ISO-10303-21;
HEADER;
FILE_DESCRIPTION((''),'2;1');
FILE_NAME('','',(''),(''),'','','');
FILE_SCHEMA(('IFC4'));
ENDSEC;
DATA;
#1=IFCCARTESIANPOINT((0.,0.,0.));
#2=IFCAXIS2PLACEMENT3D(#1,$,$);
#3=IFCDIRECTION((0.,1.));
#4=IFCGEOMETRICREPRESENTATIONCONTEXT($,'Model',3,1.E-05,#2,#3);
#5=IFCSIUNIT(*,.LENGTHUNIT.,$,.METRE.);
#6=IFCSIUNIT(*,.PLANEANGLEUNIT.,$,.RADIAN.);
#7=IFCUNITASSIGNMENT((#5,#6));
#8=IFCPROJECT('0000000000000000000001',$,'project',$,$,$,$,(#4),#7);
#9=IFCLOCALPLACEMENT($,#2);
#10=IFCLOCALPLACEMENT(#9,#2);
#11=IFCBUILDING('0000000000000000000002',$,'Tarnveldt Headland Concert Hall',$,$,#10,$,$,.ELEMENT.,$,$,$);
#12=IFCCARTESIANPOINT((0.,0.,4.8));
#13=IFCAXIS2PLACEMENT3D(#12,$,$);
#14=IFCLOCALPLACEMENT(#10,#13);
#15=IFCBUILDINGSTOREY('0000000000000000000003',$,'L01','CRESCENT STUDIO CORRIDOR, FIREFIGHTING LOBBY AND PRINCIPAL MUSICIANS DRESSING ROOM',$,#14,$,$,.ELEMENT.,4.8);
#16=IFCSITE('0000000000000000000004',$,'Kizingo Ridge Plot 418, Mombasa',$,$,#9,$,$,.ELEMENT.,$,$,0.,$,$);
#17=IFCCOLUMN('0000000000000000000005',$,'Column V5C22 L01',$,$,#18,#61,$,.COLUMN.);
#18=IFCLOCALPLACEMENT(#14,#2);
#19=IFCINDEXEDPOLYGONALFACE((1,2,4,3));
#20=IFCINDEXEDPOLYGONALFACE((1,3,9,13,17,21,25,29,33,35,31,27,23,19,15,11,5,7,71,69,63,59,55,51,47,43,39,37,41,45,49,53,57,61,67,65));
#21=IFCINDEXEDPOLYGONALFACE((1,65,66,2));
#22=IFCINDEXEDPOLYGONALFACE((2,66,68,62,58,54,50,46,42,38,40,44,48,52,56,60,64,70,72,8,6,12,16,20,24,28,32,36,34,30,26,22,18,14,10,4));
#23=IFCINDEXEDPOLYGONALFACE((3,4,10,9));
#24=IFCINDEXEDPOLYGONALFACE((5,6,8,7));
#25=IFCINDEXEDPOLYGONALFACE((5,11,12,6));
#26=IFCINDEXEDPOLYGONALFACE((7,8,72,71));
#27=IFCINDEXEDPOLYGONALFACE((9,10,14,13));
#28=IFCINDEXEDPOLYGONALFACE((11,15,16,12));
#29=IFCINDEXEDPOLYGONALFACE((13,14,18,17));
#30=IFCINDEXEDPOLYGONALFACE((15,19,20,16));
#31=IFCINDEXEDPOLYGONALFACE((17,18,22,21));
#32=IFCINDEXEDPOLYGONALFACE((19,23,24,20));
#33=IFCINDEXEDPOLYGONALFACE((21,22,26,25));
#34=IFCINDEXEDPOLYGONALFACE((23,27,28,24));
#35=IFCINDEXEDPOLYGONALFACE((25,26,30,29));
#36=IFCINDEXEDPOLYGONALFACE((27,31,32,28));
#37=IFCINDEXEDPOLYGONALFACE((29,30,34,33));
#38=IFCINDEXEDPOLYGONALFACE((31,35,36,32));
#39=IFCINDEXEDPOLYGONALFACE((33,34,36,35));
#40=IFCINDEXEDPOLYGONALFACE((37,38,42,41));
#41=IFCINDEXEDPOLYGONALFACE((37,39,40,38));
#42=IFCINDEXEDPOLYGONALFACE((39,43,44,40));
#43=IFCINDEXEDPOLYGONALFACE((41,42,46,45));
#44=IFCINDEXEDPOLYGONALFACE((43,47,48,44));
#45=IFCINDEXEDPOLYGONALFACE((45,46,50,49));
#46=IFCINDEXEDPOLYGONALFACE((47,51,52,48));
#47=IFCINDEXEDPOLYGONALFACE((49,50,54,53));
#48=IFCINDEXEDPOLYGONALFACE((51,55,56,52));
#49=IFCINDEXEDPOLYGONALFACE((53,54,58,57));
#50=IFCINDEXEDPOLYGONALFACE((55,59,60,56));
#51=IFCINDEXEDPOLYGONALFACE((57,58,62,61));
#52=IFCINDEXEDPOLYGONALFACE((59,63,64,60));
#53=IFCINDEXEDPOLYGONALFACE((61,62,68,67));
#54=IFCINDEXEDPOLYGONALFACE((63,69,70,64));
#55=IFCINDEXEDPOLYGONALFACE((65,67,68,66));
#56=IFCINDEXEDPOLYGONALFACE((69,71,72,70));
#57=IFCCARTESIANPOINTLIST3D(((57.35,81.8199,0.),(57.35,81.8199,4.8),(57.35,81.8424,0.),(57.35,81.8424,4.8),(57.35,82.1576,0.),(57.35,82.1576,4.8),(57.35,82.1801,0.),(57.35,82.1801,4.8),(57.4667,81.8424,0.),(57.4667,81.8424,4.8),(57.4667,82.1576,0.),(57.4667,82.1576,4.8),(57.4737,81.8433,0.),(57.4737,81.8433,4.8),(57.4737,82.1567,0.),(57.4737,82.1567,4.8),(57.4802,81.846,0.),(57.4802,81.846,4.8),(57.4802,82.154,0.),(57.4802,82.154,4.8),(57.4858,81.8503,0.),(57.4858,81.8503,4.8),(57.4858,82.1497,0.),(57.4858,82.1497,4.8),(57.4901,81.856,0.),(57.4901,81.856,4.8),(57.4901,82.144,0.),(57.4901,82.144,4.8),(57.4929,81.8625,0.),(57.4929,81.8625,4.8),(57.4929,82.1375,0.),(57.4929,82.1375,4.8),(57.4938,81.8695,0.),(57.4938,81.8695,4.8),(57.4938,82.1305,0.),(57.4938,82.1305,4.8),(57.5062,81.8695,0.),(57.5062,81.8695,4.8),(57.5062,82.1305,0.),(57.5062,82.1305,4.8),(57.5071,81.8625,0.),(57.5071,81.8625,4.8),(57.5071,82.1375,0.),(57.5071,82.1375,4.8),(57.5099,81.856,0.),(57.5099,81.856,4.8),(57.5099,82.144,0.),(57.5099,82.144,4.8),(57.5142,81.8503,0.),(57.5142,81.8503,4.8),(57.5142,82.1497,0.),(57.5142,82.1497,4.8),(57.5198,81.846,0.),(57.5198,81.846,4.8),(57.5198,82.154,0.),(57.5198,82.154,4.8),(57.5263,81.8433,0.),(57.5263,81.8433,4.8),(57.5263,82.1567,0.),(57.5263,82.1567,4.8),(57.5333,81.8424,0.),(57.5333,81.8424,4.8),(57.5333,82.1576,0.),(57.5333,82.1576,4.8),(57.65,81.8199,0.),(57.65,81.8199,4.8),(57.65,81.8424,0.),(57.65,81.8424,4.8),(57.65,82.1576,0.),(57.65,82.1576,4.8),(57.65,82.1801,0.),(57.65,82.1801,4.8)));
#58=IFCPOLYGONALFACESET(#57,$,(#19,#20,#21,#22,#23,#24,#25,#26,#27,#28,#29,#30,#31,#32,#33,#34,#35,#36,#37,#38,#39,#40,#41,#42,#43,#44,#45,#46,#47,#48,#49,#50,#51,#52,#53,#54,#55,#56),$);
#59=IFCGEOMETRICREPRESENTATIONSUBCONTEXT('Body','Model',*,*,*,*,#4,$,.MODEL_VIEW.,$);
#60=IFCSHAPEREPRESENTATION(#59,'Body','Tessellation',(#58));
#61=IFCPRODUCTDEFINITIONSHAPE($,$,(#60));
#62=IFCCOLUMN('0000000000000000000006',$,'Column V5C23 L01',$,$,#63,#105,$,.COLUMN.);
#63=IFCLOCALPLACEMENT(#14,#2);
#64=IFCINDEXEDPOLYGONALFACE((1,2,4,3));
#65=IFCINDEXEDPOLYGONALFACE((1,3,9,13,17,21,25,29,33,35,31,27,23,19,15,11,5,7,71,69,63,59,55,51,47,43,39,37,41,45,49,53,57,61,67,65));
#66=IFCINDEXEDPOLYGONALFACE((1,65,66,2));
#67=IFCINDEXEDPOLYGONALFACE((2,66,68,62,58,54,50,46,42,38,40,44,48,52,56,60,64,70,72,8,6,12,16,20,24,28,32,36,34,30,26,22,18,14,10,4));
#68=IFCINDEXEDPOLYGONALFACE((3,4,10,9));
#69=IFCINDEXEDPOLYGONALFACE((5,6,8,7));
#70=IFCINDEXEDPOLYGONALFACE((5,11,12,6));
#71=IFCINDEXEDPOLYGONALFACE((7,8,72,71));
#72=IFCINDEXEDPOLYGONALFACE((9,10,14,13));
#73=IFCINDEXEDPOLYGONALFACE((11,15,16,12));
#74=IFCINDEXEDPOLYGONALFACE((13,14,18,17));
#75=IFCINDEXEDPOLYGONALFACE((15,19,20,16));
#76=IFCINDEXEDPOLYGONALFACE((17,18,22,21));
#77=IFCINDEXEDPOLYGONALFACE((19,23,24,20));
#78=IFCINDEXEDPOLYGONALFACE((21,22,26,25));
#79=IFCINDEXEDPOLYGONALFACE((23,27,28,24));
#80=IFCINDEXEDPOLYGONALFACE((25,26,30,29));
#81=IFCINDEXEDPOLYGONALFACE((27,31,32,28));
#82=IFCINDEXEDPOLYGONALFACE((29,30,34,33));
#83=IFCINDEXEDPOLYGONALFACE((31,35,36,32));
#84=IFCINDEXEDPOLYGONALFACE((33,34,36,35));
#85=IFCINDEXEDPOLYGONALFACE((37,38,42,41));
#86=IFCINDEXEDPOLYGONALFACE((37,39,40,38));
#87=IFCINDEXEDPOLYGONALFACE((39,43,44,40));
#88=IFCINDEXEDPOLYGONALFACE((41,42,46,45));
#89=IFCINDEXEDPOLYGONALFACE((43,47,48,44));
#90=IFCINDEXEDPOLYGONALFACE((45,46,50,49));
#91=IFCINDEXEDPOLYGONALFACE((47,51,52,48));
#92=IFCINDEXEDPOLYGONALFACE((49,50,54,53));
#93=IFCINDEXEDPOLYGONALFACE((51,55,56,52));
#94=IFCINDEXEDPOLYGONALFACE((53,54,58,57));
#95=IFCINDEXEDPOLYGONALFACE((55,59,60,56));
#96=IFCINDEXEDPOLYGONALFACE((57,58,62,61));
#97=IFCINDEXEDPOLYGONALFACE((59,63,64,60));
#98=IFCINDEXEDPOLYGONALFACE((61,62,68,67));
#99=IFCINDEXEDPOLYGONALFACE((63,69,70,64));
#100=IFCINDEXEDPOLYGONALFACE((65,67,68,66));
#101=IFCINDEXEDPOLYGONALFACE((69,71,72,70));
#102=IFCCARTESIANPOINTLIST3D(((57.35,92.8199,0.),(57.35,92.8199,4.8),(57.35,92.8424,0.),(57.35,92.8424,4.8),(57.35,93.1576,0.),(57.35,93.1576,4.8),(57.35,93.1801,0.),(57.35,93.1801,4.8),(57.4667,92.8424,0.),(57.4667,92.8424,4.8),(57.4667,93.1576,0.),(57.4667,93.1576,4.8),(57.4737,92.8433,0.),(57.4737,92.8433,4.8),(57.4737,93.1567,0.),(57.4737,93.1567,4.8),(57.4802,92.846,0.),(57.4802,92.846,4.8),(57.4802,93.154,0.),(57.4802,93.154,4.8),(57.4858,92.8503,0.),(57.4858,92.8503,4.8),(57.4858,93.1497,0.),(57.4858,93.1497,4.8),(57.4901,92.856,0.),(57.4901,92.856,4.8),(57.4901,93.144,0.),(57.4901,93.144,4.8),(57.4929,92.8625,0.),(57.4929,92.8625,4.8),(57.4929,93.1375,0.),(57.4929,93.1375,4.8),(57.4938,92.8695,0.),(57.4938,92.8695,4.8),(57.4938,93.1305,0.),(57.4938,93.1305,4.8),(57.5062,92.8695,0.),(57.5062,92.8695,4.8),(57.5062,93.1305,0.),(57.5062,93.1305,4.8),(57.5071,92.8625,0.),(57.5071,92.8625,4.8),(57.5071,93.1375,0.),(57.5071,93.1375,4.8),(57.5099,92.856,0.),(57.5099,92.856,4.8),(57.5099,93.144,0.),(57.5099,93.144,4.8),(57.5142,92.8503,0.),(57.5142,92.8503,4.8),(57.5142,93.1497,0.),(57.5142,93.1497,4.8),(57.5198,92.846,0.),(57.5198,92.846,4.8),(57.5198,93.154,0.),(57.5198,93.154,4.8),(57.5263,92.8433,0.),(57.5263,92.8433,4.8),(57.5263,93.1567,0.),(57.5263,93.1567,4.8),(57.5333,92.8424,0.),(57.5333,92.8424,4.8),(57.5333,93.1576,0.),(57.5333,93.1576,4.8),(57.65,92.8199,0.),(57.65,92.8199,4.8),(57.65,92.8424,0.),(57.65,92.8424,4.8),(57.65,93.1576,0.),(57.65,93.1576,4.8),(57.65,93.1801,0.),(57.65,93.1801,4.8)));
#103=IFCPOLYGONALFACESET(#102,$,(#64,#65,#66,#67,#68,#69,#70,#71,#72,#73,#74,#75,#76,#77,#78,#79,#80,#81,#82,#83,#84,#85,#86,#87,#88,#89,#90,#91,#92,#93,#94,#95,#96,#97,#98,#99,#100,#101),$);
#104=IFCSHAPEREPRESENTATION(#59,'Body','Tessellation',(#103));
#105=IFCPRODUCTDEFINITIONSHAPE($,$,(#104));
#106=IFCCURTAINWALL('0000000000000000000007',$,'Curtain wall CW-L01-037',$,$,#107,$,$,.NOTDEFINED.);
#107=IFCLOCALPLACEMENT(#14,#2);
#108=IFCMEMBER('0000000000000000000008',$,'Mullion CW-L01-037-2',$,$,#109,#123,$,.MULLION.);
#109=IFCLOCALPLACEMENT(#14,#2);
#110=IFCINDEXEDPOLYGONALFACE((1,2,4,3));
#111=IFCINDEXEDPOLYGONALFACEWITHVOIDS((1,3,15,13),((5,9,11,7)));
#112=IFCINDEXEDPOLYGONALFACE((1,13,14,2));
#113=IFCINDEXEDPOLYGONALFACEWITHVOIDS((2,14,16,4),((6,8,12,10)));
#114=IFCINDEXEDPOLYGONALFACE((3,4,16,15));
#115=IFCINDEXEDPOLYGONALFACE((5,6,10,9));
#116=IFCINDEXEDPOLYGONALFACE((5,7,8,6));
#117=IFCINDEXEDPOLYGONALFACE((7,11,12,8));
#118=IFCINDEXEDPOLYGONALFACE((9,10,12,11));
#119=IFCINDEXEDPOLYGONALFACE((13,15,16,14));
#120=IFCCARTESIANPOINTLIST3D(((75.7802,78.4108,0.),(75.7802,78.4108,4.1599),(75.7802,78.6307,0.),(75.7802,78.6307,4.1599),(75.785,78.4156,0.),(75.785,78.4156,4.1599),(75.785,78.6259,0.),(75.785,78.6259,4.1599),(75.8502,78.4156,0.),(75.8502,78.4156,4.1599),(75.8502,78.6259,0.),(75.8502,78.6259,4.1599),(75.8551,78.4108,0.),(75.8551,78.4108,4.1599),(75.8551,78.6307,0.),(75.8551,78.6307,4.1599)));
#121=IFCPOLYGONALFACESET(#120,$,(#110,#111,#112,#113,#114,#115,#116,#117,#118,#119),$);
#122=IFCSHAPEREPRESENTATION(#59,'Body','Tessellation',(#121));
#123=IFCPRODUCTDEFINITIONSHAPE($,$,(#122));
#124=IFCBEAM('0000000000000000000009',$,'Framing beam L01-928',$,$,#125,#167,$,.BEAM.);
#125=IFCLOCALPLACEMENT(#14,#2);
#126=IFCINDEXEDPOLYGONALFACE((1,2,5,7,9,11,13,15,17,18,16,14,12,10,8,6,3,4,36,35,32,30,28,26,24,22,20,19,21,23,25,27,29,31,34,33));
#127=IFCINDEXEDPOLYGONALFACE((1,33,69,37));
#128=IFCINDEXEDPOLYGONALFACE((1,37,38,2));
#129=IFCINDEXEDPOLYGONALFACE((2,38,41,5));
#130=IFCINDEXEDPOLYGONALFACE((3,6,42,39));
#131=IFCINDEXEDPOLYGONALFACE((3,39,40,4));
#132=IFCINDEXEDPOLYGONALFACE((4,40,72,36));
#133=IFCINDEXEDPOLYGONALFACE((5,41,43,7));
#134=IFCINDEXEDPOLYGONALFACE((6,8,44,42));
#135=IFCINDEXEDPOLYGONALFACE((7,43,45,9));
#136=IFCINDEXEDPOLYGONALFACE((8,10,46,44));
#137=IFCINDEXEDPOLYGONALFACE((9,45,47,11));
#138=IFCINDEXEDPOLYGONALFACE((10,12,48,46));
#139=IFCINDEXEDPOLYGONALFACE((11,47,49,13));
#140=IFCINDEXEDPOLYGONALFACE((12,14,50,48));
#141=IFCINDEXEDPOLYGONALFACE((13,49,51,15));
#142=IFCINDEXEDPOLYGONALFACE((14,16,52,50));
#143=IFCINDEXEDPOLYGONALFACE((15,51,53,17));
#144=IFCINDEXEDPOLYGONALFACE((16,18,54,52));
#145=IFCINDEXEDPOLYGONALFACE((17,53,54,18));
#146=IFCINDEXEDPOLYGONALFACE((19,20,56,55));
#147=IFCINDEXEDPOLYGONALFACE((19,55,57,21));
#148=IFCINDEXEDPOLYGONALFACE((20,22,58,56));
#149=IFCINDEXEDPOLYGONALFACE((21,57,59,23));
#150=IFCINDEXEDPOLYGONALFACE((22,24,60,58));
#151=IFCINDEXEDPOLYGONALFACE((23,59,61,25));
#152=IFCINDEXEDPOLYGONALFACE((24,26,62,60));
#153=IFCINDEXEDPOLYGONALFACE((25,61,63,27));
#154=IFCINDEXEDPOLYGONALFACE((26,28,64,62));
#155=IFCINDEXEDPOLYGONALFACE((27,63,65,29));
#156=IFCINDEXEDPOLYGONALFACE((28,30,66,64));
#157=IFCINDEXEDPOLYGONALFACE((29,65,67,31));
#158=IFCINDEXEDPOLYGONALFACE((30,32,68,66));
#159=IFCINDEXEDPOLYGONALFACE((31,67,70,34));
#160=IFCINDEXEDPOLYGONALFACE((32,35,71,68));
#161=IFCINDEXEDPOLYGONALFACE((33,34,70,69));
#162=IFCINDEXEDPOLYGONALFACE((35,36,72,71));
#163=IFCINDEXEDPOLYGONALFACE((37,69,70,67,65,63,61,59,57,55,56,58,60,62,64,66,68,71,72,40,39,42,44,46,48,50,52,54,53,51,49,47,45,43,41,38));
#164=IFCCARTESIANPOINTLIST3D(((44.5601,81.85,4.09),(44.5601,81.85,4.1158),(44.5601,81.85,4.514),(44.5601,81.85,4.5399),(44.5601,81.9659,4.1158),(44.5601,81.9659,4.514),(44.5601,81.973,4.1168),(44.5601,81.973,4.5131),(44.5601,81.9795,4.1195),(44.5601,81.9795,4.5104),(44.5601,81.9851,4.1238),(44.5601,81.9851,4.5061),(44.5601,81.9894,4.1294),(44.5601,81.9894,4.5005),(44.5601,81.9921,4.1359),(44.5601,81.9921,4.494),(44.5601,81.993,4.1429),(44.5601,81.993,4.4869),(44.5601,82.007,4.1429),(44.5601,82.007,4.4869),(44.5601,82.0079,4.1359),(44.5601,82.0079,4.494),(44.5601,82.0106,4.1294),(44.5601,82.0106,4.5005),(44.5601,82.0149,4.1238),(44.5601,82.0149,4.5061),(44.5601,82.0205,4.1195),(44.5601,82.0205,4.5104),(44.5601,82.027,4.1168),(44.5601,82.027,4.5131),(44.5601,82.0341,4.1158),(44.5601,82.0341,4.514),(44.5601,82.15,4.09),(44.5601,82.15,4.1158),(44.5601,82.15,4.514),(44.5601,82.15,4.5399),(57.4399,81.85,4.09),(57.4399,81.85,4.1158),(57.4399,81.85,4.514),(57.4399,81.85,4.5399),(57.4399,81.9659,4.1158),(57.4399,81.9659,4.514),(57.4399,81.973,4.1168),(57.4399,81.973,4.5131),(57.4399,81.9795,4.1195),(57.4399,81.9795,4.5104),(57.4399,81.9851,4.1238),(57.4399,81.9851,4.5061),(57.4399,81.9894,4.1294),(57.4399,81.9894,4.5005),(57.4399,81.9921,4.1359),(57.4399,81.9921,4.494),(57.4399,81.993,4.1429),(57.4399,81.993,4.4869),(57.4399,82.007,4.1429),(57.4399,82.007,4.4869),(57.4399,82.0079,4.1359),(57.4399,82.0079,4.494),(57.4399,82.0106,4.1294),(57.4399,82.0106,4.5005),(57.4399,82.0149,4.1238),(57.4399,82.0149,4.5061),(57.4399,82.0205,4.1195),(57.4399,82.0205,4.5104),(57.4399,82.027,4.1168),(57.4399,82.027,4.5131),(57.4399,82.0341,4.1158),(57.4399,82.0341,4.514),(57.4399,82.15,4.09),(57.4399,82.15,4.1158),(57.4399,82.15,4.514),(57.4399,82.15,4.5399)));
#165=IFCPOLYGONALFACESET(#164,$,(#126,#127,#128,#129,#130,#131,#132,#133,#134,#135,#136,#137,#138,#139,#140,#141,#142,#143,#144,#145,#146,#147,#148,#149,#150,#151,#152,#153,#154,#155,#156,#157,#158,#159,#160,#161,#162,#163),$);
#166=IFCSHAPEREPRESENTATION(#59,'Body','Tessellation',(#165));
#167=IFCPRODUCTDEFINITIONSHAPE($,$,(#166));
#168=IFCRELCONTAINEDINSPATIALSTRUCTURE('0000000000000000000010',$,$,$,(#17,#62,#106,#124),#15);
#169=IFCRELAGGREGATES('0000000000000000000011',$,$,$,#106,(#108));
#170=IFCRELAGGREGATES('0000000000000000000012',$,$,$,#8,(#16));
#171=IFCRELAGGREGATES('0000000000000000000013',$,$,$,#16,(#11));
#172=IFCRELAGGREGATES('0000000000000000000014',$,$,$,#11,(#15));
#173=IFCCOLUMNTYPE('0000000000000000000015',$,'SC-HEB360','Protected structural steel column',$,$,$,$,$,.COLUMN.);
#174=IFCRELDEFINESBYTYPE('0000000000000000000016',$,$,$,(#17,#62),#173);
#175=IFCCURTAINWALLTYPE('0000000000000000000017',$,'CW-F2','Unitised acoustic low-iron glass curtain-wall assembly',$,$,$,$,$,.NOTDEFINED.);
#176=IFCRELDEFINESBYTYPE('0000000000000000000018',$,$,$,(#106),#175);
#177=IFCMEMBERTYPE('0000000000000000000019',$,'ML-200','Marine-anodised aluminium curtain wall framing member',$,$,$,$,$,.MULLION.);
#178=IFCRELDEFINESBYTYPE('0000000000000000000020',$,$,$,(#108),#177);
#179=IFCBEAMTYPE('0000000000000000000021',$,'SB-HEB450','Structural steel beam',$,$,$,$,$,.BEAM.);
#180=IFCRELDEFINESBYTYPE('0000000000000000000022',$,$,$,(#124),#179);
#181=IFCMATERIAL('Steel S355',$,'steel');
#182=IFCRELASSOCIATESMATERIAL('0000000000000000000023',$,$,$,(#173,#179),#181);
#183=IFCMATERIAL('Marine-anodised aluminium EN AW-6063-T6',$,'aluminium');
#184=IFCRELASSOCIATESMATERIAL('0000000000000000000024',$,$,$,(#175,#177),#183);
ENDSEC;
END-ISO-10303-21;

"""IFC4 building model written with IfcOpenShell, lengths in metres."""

from ifc_helpers import new_model, si_unit, direction, frame, origin, origin_2d, place, context, subcontext, project, spatial, hollow_rectangle, i_section, extrude, material, material_profile, profile_set, type_object, element, aggregate, save


model = new_model("IFC4")

# Units and contexts
model_context = context("Model", 3, precision=1e-05, world=origin(), true_north=direction((0.0, 1.0)))
body_context = subcontext(model_context, "Body", "Model", "MODEL_VIEW")
ifc_project = project(units=[si_unit("LENGTHUNIT", "METRE"), si_unit("PLANEANGLEUNIT", "RADIAN")], contexts=[model_context])

# Site, building, storey
site_placement = place(None, origin())
site = spatial("IfcSite", under=ifc_project, at=site_placement, Name="Kizingo Ridge Plot 418, Mombasa", CompositionType="ELEMENT", RefElevation=0.0)
building_placement = place(site_placement, origin())
building = spatial("IfcBuilding", under=site, at=building_placement, Name="Tarnveldt Headland Concert Hall", CompositionType="ELEMENT")
storey_placement = place(building_placement, frame((0.0, 0.0, 4.8)))
storey = spatial("IfcBuildingStorey", under=building, at=storey_placement, Name="L01", Description="CRESCENT STUDIO CORRIDOR, FIREFIGHTING LOBBY AND PRINCIPAL MUSICIANS DRESSING ROOM", CompositionType="ELEMENT", Elevation=4.8)

# Columns
ifc_material_1 = material(Name="Steel S355", Category="steel")
ifc_material_profile_1 = material_profile(ifc_material_1, i_section(OverallWidth=0.3, OverallDepth=0.3601, WebThickness=0.0125, FlangeThickness=0.0225, FilletRadius=0.0271, at=origin_2d()), Name="HEB360", Category="steel")
ifc_profile_set_1 = profile_set([ifc_material_profile_1], Name="Steel S355")
column_type = type_object("IfcColumnType", Name="SC-HEB360", Description="Protected structural steel column", PredefinedType="COLUMN", material=ifc_profile_set_1)
for number, where, z_axis, x_axis, name in (
    (1, (57.5, 82.0, 0.0), (0.0, 0.0, 1.0), (1.0, 0.0, 0.0), "Column V5C22 L01"),
    (2, (57.5, 93.0, 0.0), (0.0, 0.0, 1.0), (1.0, 0.0, 0.0), "Column V5C23 L01"),
):
    element("IfcColumn", number, at=place(storey_placement, frame(where, z_axis=z_axis, x_axis=x_axis)), inside=storey, type_object=column_type, Name=name, PredefinedType="COLUMN", context=body_context, shape_type="SweptSolid", body=[
        extrude(i_section(OverallWidth=0.3, OverallDepth=0.3601, WebThickness=0.0125, FlangeThickness=0.0225, FilletRadius=0.0271, at=origin_2d()), origin(), (0.0, 0.0, 1.0), 4.8),
    ])

# Curtain wall, member
ifc_material_2 = material(Name="Marine-anodised aluminium EN AW-6063-T6", Category="aluminium")
curtain_wall_type = type_object("IfcCurtainWallType", Name="CW-F2", Description="Unitised acoustic low-iron glass curtain-wall assembly", PredefinedType="NOTDEFINED", material=ifc_material_2)
curtain_wall_placement = place(storey_placement, origin())
curtain_wall = element("IfcCurtainWall", 3, at=curtain_wall_placement, inside=storey, type_object=curtain_wall_type, Name="Curtain wall CW-L01-037", PredefinedType="NOTDEFINED")
ifc_material_profile_2 = material_profile(ifc_material_2, hollow_rectangle(XDim=0.075, YDim=0.22, WallThickness=0.0049, at=origin_2d()), Name="ALU MULLION 75x220x5", Category="aluminium")
ifc_profile_set_2 = profile_set([ifc_material_profile_2], Name="Marine-anodised aluminium EN AW-6063-T6")
member_type_1 = type_object("IfcMemberType", Name="ML-200", Description="Marine-anodised aluminium curtain wall framing member", PredefinedType="MULLION", material=ifc_profile_set_2)
member_1_placement = place(storey_placement, frame((75.8176, 78.5208, 0.0), z_axis=(0.0, 0.0, 1.0), x_axis=(1.0, 0.0, 0.0)))
member_1 = element("IfcMember", 4, at=member_1_placement, type_object=member_type_1, Name="Mullion CW-L01-037-2", PredefinedType="MULLION", context=body_context, shape_type="SweptSolid", body=[
    extrude(hollow_rectangle(XDim=0.075, YDim=0.22, WallThickness=0.0049, at=origin_2d()), origin(), (0.0, 0.0, 1.0), 4.1599),
])

# Beam
ifc_material_profile_3 = material_profile(ifc_material_1, i_section(OverallWidth=0.3, OverallDepth=0.45, WebThickness=0.0139, FlangeThickness=0.0259, FilletRadius=0.0271, at=origin_2d()), Name="HEB450", Category="steel")
ifc_profile_set_3 = profile_set([ifc_material_profile_3], Name="Steel S355")
beam_type_1 = type_object("IfcBeamType", Name="SB-HEB450", Description="Structural steel beam", PredefinedType="BEAM", material=ifc_profile_set_3)
for number, where, z_axis, x_axis, name in (
    (5, (44.5601, 82.0, 4.3149), (1.0, 0.0, 0.0), (0.0, 1.0, 0.0), "Framing beam L01-928"),
):
    element("IfcBeam", number, at=place(storey_placement, frame(where, z_axis=z_axis, x_axis=x_axis)), inside=storey, type_object=beam_type_1, Name=name, PredefinedType="BEAM", context=body_context, shape_type="SweptSolid", body=[
        extrude(i_section(OverallWidth=0.3, OverallDepth=0.45, WebThickness=0.0139, FlangeThickness=0.0259, FilletRadius=0.0271, at=origin_2d()), origin(), (0.0, 0.0, 1.0), 12.8799),
    ])

aggregate(curtain_wall, [member_1])

save(model, "model.ifc")
